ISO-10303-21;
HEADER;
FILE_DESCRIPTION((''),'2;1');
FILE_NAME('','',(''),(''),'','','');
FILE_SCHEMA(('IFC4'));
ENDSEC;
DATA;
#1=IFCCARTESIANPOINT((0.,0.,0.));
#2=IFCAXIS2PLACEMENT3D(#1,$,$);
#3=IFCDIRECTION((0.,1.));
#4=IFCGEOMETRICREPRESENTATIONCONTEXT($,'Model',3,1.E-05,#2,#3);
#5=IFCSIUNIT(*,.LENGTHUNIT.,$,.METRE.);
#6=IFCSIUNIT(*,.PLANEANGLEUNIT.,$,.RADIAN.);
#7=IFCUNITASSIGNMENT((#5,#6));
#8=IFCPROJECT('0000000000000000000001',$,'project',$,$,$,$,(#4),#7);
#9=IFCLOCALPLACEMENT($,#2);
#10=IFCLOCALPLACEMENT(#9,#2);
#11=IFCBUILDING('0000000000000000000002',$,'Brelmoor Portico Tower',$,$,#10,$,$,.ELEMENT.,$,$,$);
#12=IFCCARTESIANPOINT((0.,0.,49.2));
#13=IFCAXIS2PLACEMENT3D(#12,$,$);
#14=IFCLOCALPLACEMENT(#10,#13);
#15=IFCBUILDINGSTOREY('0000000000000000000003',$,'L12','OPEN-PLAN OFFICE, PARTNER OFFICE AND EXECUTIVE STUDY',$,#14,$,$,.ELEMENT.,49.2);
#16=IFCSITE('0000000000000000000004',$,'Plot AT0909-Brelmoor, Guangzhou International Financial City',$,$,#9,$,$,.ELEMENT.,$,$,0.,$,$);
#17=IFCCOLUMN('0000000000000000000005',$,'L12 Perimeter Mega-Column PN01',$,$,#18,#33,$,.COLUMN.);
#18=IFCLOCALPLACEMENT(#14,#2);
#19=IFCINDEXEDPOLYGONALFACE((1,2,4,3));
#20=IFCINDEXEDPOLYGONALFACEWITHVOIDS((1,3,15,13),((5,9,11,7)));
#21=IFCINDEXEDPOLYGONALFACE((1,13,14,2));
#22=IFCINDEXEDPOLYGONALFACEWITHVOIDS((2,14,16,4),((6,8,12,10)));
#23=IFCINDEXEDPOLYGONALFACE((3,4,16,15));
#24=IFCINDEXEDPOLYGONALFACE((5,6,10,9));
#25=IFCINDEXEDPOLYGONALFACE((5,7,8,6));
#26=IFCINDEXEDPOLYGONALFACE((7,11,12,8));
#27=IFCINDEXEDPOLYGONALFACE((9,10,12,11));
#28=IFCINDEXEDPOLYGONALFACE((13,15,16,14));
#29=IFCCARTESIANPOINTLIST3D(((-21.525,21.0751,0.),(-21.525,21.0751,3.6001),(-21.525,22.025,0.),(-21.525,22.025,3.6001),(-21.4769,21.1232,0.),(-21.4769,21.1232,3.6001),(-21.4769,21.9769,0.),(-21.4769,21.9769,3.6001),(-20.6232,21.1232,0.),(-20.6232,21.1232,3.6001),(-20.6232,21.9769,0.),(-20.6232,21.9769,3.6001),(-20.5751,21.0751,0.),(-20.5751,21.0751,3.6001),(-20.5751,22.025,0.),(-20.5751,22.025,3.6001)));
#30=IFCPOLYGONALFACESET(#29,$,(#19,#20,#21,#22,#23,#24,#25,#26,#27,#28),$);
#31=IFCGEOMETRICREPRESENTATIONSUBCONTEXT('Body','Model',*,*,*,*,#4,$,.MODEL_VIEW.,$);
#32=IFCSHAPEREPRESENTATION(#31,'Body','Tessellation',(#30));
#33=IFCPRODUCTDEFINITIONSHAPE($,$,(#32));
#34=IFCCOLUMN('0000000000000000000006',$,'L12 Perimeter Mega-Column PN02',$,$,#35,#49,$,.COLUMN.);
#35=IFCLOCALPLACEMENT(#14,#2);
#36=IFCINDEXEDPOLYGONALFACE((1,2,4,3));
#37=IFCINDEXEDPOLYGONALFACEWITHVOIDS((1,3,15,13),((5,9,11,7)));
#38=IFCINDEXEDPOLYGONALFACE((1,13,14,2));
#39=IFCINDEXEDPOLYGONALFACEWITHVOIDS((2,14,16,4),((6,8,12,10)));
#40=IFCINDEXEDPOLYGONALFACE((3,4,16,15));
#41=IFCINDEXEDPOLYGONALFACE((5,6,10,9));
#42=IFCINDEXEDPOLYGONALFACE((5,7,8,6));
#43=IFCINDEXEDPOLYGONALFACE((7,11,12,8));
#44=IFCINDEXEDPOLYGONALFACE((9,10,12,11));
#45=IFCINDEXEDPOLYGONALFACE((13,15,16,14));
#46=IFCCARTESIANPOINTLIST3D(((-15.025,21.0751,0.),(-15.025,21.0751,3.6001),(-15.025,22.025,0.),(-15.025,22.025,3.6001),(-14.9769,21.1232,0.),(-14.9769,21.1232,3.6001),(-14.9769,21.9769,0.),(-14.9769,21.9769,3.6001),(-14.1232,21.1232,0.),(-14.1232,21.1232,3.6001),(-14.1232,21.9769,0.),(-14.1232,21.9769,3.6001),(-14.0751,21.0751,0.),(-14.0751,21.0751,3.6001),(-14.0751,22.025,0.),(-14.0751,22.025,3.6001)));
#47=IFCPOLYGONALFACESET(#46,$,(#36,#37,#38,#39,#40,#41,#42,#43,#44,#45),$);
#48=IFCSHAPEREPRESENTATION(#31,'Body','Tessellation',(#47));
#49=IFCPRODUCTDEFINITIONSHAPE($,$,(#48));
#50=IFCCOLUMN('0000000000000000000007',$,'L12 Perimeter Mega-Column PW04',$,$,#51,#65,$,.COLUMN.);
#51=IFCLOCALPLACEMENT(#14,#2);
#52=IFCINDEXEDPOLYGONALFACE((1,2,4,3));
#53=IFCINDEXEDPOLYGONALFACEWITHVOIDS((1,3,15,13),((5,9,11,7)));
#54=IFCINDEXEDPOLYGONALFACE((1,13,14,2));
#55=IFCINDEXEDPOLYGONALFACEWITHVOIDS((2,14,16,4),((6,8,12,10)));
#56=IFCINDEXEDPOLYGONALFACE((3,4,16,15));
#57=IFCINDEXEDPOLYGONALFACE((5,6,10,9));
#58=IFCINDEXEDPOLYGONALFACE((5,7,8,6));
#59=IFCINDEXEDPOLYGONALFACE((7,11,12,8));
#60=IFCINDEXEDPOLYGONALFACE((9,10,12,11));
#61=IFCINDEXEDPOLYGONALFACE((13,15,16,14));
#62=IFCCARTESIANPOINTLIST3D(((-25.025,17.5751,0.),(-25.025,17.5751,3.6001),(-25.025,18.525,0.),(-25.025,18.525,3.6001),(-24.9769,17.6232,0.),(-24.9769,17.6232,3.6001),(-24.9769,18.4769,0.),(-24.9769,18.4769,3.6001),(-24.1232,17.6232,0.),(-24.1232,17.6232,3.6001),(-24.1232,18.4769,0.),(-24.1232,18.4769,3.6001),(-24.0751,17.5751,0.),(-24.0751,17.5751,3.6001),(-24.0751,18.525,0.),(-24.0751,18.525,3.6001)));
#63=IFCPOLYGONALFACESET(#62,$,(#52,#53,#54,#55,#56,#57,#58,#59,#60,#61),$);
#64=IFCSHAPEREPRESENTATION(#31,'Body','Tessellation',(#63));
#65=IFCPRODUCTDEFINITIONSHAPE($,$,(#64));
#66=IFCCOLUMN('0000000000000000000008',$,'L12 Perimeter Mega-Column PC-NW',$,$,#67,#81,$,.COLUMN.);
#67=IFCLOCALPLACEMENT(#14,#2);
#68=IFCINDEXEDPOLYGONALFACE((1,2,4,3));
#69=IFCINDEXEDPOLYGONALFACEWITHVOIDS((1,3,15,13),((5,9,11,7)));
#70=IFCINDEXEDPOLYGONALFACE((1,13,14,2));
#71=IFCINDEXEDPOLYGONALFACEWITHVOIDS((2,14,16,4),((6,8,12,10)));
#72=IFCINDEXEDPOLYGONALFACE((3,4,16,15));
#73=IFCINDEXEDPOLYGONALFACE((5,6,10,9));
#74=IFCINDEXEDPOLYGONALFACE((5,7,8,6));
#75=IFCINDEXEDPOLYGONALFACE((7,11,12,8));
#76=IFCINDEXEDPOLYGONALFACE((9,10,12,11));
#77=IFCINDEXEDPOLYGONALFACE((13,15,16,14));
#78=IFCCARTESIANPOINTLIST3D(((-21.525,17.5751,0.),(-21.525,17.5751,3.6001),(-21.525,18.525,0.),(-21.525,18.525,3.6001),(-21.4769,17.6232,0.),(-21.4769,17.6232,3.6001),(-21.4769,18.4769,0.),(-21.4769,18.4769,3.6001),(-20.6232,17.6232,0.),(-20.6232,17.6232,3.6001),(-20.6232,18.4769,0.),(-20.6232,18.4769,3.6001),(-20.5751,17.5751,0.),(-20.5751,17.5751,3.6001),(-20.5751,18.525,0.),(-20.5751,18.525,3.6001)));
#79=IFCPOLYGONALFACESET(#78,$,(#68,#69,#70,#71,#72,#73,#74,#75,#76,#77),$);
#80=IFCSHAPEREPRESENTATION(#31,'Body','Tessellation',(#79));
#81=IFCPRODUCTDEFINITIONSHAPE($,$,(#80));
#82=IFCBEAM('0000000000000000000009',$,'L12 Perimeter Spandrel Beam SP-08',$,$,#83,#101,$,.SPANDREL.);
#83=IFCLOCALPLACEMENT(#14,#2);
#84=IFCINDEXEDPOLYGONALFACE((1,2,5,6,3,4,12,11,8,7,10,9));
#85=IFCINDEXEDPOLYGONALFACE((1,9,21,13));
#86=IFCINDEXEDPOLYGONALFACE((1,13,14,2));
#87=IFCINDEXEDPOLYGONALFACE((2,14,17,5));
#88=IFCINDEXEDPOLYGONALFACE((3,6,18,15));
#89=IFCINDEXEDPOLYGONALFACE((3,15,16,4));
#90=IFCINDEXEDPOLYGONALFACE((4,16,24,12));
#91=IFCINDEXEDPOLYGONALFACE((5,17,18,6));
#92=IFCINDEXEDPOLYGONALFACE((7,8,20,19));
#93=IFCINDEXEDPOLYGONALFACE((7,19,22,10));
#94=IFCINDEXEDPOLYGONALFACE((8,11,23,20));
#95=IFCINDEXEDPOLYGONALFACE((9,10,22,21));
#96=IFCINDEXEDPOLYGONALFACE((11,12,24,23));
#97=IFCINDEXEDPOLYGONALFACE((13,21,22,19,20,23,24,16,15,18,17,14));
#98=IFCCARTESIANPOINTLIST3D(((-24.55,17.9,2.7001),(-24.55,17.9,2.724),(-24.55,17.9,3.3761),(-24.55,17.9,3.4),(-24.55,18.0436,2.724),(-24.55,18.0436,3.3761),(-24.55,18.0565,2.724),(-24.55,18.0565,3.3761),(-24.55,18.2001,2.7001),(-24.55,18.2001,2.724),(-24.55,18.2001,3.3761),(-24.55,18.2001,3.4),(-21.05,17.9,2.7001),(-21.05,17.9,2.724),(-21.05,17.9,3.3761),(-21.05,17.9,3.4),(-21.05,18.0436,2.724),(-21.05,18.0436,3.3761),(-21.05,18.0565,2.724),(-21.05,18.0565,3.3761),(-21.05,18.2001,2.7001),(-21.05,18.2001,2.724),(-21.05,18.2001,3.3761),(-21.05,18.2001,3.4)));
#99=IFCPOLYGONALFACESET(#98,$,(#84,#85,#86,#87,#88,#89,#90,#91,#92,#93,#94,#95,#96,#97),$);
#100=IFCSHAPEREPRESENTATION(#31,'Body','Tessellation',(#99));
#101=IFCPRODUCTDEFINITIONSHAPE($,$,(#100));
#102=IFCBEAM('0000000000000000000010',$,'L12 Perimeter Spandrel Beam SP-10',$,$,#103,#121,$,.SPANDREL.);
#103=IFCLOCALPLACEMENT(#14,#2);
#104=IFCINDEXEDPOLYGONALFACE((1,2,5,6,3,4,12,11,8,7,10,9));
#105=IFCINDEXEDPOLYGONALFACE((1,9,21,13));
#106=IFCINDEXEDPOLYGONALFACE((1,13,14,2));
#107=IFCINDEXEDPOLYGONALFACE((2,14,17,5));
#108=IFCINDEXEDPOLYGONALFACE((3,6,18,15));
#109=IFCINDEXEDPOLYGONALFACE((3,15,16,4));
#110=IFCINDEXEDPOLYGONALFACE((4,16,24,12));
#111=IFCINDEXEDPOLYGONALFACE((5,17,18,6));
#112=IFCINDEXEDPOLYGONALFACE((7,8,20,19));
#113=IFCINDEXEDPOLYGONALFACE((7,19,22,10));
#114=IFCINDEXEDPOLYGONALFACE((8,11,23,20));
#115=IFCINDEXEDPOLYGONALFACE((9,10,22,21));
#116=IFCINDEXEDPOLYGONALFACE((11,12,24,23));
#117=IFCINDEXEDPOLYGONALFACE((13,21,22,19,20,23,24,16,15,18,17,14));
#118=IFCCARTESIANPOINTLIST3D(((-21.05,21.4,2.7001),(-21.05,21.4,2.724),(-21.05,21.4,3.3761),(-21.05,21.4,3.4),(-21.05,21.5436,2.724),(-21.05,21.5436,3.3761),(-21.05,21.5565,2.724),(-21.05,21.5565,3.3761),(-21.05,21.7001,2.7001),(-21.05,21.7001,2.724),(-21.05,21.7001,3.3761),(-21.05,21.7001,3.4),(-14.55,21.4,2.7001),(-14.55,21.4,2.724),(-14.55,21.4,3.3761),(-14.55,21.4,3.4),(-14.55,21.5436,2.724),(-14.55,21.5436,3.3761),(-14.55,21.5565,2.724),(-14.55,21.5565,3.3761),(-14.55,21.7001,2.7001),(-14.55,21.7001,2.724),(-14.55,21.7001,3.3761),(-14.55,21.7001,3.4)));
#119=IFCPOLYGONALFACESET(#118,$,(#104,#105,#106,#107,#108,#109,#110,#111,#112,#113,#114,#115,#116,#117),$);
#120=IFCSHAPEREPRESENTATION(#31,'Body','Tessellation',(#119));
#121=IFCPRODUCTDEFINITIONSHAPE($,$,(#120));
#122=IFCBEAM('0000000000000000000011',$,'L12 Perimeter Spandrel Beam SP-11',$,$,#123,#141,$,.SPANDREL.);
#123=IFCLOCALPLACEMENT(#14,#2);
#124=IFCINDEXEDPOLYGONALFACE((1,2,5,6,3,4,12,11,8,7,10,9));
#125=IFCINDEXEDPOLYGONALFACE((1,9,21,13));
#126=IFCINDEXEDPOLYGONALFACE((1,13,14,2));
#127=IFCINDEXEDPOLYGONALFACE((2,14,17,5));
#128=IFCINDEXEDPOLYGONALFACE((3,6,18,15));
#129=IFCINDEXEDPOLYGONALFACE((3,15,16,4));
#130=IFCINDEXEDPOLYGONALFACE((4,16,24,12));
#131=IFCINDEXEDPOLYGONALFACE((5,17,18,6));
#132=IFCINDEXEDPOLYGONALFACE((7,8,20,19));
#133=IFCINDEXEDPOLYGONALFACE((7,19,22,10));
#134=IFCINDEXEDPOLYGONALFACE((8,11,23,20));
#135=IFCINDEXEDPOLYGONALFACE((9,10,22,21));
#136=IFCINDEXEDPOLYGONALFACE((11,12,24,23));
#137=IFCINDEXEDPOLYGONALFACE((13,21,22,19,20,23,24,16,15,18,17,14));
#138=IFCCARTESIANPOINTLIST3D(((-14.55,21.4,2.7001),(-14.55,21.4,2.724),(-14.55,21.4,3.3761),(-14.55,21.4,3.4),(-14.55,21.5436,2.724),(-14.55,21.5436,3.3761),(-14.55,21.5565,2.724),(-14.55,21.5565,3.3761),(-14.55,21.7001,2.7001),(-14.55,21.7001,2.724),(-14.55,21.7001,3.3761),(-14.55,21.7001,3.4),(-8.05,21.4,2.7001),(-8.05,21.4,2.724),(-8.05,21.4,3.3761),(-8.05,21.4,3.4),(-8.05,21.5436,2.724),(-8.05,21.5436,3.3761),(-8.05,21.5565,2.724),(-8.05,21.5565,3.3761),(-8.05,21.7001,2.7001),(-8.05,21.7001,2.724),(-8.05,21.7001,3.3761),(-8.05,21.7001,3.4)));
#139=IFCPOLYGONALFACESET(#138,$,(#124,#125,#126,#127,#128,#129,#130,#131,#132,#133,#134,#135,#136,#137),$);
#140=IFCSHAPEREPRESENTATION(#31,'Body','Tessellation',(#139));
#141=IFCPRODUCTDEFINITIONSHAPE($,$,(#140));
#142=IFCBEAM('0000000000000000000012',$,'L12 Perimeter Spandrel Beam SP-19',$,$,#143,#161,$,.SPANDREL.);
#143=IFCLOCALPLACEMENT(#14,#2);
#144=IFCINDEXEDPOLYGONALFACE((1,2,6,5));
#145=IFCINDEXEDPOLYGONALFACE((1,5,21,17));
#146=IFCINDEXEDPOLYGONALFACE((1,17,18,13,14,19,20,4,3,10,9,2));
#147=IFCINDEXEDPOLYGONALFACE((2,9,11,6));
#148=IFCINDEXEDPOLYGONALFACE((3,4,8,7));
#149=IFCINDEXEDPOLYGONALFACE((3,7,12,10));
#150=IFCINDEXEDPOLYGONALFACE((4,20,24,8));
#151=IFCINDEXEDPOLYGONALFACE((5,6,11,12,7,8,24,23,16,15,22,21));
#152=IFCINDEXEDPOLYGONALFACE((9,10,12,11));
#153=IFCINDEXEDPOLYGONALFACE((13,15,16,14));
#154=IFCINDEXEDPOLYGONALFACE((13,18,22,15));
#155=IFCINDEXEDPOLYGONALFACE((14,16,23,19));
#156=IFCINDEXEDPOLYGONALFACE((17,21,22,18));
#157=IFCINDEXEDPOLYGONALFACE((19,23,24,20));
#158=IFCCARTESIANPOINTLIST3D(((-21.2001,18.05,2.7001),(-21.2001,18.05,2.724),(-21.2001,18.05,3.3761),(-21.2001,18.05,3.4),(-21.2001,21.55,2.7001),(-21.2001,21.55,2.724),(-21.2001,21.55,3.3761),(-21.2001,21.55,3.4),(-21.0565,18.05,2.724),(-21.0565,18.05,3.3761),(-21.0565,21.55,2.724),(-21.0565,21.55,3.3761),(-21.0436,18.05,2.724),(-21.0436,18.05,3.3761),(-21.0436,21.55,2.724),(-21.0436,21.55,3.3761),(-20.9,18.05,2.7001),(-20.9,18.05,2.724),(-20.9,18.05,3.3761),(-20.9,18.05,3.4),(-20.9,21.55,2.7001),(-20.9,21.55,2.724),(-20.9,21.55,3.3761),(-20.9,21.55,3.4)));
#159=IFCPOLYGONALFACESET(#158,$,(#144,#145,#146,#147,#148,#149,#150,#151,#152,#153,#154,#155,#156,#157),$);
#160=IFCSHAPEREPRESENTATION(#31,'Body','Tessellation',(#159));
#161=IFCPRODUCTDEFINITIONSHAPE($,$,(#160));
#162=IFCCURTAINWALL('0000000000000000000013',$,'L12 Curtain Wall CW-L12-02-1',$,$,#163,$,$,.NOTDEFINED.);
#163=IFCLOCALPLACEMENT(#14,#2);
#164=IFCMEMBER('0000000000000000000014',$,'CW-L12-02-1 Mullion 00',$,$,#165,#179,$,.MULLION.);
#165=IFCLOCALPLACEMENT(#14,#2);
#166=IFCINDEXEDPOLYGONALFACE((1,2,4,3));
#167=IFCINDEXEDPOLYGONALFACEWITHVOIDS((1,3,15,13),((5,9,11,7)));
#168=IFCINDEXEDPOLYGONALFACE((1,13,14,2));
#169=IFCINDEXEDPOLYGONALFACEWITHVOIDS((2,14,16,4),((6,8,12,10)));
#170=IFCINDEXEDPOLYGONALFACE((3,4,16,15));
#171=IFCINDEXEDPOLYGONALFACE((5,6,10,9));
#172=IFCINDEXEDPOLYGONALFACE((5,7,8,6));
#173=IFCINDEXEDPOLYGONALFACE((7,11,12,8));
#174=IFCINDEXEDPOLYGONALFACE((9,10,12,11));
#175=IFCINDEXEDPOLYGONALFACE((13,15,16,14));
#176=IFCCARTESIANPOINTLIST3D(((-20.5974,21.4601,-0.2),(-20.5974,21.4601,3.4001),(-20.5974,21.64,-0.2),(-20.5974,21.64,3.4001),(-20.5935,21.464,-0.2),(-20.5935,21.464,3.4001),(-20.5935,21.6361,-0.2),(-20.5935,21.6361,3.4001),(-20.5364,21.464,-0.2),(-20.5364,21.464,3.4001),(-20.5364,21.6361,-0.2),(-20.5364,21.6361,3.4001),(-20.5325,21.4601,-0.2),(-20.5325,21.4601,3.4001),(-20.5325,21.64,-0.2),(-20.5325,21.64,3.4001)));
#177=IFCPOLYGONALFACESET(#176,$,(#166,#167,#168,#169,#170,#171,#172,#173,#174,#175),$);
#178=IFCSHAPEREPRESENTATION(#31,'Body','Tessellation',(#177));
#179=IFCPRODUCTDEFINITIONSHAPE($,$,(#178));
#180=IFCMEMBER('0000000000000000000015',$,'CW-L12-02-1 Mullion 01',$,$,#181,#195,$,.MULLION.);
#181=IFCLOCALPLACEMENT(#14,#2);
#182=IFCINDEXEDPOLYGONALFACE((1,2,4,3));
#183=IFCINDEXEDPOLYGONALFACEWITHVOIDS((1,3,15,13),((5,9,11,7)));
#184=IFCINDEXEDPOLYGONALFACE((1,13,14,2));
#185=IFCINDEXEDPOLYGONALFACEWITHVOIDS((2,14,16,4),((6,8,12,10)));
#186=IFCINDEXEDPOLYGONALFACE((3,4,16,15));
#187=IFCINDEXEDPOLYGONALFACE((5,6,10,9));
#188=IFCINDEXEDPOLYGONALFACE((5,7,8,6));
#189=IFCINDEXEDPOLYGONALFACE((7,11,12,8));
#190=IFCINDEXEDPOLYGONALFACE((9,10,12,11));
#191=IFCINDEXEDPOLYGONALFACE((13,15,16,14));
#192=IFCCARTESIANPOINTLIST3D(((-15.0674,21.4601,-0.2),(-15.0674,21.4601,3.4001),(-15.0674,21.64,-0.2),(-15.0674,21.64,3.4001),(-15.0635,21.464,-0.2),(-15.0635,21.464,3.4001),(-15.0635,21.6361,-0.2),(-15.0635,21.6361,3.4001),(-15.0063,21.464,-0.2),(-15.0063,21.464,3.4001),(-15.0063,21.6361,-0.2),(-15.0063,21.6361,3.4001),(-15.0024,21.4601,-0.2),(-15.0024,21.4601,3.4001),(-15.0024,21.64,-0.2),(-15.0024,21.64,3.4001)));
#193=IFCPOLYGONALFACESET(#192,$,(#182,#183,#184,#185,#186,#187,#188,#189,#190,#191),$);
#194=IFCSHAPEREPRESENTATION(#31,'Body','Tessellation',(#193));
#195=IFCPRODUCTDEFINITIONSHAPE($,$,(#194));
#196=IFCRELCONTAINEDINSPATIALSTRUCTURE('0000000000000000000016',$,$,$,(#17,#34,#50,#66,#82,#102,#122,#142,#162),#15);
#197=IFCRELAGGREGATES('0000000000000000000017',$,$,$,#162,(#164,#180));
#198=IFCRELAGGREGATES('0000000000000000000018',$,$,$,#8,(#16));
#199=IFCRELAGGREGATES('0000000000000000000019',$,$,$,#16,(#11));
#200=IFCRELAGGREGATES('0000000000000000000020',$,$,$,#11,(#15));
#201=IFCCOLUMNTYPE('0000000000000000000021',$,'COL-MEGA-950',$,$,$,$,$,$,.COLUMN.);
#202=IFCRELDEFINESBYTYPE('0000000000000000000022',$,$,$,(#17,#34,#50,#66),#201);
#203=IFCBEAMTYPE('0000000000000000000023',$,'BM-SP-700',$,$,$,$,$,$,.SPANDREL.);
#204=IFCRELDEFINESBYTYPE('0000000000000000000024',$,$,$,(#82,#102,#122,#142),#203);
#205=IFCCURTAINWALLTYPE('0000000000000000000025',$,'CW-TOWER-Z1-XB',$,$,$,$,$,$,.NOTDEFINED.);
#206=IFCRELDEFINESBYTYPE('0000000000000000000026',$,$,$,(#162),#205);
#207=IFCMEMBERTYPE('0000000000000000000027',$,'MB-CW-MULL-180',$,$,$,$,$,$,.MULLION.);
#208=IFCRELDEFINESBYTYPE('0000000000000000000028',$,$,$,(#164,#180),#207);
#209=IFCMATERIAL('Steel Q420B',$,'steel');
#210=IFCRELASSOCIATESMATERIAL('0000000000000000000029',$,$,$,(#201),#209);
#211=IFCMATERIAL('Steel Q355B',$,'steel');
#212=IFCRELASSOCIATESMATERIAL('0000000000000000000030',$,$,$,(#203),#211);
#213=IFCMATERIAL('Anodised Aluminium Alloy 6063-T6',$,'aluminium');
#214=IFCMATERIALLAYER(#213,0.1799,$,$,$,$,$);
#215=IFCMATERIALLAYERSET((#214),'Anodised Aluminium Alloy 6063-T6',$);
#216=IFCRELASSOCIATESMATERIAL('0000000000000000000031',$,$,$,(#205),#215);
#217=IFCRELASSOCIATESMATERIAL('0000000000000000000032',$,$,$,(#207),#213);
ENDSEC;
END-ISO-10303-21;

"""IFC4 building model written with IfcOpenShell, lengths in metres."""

from ifc_helpers import new_model, si_unit, direction, frame, origin, origin_2d, place, context, subcontext, project, spatial, hollow_rectangle, i_section, extrude, material, layer, layer_set, material_profile, profile_set, type_object, element, aggregate, save


model = new_model("IFC4")

# Units and contexts
model_context = context("Model", 3, precision=1e-05, world=origin(), true_north=direction((0.0, 1.0)))
body_context = subcontext(model_context, "Body", "Model", "MODEL_VIEW")
ifc_project = project(units=[si_unit("LENGTHUNIT", "METRE"), si_unit("PLANEANGLEUNIT", "RADIAN")], contexts=[model_context])

# Site, building, storey
site_placement = place(None, origin())
site = spatial("IfcSite", under=ifc_project, at=site_placement, Name="Plot AT0909-Brelmoor, Guangzhou International Financial City", CompositionType="ELEMENT", RefElevation=0.0)
building_placement = place(site_placement, origin())
building = spatial("IfcBuilding", under=site, at=building_placement, Name="Brelmoor Portico Tower", CompositionType="ELEMENT")
storey_placement = place(building_placement, frame((0.0, 0.0, 49.2)))
storey = spatial("IfcBuildingStorey", under=building, at=storey_placement, Name="L12", Description="OPEN-PLAN OFFICE, PARTNER OFFICE AND EXECUTIVE STUDY", CompositionType="ELEMENT", Elevation=49.2)

# Columns
ifc_material_1 = material(Name="Steel Q420B", Category="steel")
ifc_material_profile_1 = material_profile(ifc_material_1, hollow_rectangle(XDim=0.95, YDim=0.95, WallThickness=0.0481, at=origin_2d()), Name="BOX 950x950x48")
ifc_profile_set_1 = profile_set([ifc_material_profile_1], Name="Steel Q420B")
column_type = type_object("IfcColumnType", Name="COL-MEGA-950", PredefinedType="COLUMN", material=ifc_profile_set_1)
for number, where, z_axis, x_axis, name in (
    (1, (-21.05, 21.55, 0.0), (0.0, 0.0, 1.0), (1.0, 0.0, 0.0), "L12 Perimeter Mega-Column PN01"),
    (2, (-14.55, 21.55, 0.0), (0.0, 0.0, 1.0), (1.0, 0.0, 0.0), "L12 Perimeter Mega-Column PN02"),
    (3, (-24.55, 18.05, 0.0), (0.0, 0.0, 1.0), (0.0, 1.0, 0.0), "L12 Perimeter Mega-Column PW04"),
    (4, (-21.05, 18.05, 0.0), (0.0, 0.0, 1.0), (1.0, 0.0, 0.0), "L12 Perimeter Mega-Column PC-NW"),
):
    element("IfcColumn", number, at=place(storey_placement, frame(where, z_axis=z_axis, x_axis=x_axis)), inside=storey, type_object=column_type, Name=name, PredefinedType="COLUMN", context=body_context, shape_type="SweptSolid", body=[
        extrude(hollow_rectangle(XDim=0.95, YDim=0.95, WallThickness=0.0481, at=origin_2d()), origin(), (0.0, 0.0, 1.0), 3.6001),
    ])

# Beams
ifc_material_2 = material(Name="Steel Q355B", Category="steel")
ifc_material_profile_2 = material_profile(ifc_material_2, i_section(OverallWidth=0.3, OverallDepth=0.7, WebThickness=0.0129, FlangeThickness=0.0239, at=origin_2d()), Name="HN 700x300x13x24")
ifc_profile_set_2 = profile_set([ifc_material_profile_2], Name="Steel Q355B")
beam_type = type_object("IfcBeamType", Name="BM-SP-700", PredefinedType="SPANDREL", material=ifc_profile_set_2)
beam_1_placement = place(storey_placement, frame((-24.55, 18.05, 3.05), z_axis=(1.0, 0.0, 0.0), x_axis=(0.0, 1.0, 0.0)))
element("IfcBeam", 5, at=beam_1_placement, inside=storey, type_object=beam_type, Name="L12 Perimeter Spandrel Beam SP-08", PredefinedType="SPANDREL", context=body_context, shape_type="SweptSolid", body=[
    extrude(i_section(OverallWidth=0.3, OverallDepth=0.7, WebThickness=0.0129, FlangeThickness=0.0239, at=origin_2d()), origin(), (0.0, 0.0, 1.0), 3.5),
])
for number, where, z_axis, x_axis, name in (
    (6, (-21.05, 21.55, 3.05), (1.0, 0.0, 0.0), (0.0, 1.0, 0.0), "L12 Perimeter Spandrel Beam SP-10"),
    (7, (-14.55, 21.55, 3.05), (1.0, 0.0, 0.0), (0.0, 1.0, 0.0), "L12 Perimeter Spandrel Beam SP-11"),
):
    element("IfcBeam", number, at=place(storey_placement, frame(where, z_axis=z_axis, x_axis=x_axis)), inside=storey, type_object=beam_type, Name=name, PredefinedType="SPANDREL", context=body_context, shape_type="SweptSolid", body=[
        extrude(i_section(OverallWidth=0.3, OverallDepth=0.7, WebThickness=0.0129, FlangeThickness=0.0239, at=origin_2d()), origin(), (0.0, 0.0, 1.0), 6.5),
    ])
beam_2_placement = place(storey_placement, frame((-21.05, 18.05, 3.05), z_axis=(0.0, 1.0, 0.0), x_axis=(-1.0, 0.0, 0.0)))
element("IfcBeam", 8, at=beam_2_placement, inside=storey, type_object=beam_type, Name="L12 Perimeter Spandrel Beam SP-19", PredefinedType="SPANDREL", context=body_context, shape_type="SweptSolid", body=[
    extrude(i_section(OverallWidth=0.3, OverallDepth=0.7, WebThickness=0.0129, FlangeThickness=0.0239, at=origin_2d()), origin(), (0.0, 0.0, 1.0), 3.5),
])

# Curtain wall, members
ifc_material_3 = material(Name="Anodised Aluminium Alloy 6063-T6", Category="aluminium")
ifc_layer_1 = layer(ifc_material_3, 0.1799)
ifc_layer_set_1 = layer_set([ifc_layer_1], Name="Anodised Aluminium Alloy 6063-T6")
curtain_wall_type_1 = type_object("IfcCurtainWallType", Name="CW-TOWER-Z1-XB", PredefinedType="NOTDEFINED", material=ifc_layer_set_1)
curtain_wall_1_placement = place(storey_placement, origin())
curtain_wall_1 = element("IfcCurtainWall", 9, at=curtain_wall_1_placement, inside=storey, type_object=curtain_wall_type_1, Name="L12 Curtain Wall CW-L12-02-1", PredefinedType="NOTDEFINED")
ifc_material_profile_3 = material_profile(ifc_material_3, hollow_rectangle(XDim=0.0649, YDim=0.1799, WallThickness=0.0039, at=origin_2d()), Name="ALU MULLION 65x180")
ifc_profile_set_3 = profile_set([ifc_material_profile_3], Name="Anodised Aluminium Alloy 6063-T6")
member_type_1 = type_object("IfcMemberType", Name="MB-CW-MULL-180", PredefinedType="MULLION", material=ifc_profile_set_3)
member_1_placement = place(storey_placement, frame((-20.5649, 21.55, -0.2), z_axis=(0.0, 0.0, 1.0), x_axis=(1.0, 0.0, 0.0)))
member_1 = element("IfcMember", 10, at=member_1_placement, type_object=member_type_1, Name="CW-L12-02-1 Mullion 00", PredefinedType="MULLION", context=body_context, shape_type="SweptSolid", body=[
    extrude(hollow_rectangle(XDim=0.0649, YDim=0.1799, WallThickness=0.0039, at=origin_2d()), origin(), (0.0, 0.0, 1.0), 3.6001),
])
member_2_placement = place(storey_placement, frame((-15.0349, 21.55, -0.2), z_axis=(0.0, 0.0, 1.0), x_axis=(1.0, 0.0, 0.0)))
member_2 = element("IfcMember", 11, at=member_2_placement, type_object=member_type_1, Name="CW-L12-02-1 Mullion 01", PredefinedType="MULLION", context=body_context, shape_type="SweptSolid", body=[
    extrude(hollow_rectangle(XDim=0.0649, YDim=0.1799, WallThickness=0.0039, at=origin_2d()), origin(), (0.0, 0.0, 1.0), 3.6001),
])

aggregate(curtain_wall_1, [member_1, member_2])

save(model, "model.ifc")
